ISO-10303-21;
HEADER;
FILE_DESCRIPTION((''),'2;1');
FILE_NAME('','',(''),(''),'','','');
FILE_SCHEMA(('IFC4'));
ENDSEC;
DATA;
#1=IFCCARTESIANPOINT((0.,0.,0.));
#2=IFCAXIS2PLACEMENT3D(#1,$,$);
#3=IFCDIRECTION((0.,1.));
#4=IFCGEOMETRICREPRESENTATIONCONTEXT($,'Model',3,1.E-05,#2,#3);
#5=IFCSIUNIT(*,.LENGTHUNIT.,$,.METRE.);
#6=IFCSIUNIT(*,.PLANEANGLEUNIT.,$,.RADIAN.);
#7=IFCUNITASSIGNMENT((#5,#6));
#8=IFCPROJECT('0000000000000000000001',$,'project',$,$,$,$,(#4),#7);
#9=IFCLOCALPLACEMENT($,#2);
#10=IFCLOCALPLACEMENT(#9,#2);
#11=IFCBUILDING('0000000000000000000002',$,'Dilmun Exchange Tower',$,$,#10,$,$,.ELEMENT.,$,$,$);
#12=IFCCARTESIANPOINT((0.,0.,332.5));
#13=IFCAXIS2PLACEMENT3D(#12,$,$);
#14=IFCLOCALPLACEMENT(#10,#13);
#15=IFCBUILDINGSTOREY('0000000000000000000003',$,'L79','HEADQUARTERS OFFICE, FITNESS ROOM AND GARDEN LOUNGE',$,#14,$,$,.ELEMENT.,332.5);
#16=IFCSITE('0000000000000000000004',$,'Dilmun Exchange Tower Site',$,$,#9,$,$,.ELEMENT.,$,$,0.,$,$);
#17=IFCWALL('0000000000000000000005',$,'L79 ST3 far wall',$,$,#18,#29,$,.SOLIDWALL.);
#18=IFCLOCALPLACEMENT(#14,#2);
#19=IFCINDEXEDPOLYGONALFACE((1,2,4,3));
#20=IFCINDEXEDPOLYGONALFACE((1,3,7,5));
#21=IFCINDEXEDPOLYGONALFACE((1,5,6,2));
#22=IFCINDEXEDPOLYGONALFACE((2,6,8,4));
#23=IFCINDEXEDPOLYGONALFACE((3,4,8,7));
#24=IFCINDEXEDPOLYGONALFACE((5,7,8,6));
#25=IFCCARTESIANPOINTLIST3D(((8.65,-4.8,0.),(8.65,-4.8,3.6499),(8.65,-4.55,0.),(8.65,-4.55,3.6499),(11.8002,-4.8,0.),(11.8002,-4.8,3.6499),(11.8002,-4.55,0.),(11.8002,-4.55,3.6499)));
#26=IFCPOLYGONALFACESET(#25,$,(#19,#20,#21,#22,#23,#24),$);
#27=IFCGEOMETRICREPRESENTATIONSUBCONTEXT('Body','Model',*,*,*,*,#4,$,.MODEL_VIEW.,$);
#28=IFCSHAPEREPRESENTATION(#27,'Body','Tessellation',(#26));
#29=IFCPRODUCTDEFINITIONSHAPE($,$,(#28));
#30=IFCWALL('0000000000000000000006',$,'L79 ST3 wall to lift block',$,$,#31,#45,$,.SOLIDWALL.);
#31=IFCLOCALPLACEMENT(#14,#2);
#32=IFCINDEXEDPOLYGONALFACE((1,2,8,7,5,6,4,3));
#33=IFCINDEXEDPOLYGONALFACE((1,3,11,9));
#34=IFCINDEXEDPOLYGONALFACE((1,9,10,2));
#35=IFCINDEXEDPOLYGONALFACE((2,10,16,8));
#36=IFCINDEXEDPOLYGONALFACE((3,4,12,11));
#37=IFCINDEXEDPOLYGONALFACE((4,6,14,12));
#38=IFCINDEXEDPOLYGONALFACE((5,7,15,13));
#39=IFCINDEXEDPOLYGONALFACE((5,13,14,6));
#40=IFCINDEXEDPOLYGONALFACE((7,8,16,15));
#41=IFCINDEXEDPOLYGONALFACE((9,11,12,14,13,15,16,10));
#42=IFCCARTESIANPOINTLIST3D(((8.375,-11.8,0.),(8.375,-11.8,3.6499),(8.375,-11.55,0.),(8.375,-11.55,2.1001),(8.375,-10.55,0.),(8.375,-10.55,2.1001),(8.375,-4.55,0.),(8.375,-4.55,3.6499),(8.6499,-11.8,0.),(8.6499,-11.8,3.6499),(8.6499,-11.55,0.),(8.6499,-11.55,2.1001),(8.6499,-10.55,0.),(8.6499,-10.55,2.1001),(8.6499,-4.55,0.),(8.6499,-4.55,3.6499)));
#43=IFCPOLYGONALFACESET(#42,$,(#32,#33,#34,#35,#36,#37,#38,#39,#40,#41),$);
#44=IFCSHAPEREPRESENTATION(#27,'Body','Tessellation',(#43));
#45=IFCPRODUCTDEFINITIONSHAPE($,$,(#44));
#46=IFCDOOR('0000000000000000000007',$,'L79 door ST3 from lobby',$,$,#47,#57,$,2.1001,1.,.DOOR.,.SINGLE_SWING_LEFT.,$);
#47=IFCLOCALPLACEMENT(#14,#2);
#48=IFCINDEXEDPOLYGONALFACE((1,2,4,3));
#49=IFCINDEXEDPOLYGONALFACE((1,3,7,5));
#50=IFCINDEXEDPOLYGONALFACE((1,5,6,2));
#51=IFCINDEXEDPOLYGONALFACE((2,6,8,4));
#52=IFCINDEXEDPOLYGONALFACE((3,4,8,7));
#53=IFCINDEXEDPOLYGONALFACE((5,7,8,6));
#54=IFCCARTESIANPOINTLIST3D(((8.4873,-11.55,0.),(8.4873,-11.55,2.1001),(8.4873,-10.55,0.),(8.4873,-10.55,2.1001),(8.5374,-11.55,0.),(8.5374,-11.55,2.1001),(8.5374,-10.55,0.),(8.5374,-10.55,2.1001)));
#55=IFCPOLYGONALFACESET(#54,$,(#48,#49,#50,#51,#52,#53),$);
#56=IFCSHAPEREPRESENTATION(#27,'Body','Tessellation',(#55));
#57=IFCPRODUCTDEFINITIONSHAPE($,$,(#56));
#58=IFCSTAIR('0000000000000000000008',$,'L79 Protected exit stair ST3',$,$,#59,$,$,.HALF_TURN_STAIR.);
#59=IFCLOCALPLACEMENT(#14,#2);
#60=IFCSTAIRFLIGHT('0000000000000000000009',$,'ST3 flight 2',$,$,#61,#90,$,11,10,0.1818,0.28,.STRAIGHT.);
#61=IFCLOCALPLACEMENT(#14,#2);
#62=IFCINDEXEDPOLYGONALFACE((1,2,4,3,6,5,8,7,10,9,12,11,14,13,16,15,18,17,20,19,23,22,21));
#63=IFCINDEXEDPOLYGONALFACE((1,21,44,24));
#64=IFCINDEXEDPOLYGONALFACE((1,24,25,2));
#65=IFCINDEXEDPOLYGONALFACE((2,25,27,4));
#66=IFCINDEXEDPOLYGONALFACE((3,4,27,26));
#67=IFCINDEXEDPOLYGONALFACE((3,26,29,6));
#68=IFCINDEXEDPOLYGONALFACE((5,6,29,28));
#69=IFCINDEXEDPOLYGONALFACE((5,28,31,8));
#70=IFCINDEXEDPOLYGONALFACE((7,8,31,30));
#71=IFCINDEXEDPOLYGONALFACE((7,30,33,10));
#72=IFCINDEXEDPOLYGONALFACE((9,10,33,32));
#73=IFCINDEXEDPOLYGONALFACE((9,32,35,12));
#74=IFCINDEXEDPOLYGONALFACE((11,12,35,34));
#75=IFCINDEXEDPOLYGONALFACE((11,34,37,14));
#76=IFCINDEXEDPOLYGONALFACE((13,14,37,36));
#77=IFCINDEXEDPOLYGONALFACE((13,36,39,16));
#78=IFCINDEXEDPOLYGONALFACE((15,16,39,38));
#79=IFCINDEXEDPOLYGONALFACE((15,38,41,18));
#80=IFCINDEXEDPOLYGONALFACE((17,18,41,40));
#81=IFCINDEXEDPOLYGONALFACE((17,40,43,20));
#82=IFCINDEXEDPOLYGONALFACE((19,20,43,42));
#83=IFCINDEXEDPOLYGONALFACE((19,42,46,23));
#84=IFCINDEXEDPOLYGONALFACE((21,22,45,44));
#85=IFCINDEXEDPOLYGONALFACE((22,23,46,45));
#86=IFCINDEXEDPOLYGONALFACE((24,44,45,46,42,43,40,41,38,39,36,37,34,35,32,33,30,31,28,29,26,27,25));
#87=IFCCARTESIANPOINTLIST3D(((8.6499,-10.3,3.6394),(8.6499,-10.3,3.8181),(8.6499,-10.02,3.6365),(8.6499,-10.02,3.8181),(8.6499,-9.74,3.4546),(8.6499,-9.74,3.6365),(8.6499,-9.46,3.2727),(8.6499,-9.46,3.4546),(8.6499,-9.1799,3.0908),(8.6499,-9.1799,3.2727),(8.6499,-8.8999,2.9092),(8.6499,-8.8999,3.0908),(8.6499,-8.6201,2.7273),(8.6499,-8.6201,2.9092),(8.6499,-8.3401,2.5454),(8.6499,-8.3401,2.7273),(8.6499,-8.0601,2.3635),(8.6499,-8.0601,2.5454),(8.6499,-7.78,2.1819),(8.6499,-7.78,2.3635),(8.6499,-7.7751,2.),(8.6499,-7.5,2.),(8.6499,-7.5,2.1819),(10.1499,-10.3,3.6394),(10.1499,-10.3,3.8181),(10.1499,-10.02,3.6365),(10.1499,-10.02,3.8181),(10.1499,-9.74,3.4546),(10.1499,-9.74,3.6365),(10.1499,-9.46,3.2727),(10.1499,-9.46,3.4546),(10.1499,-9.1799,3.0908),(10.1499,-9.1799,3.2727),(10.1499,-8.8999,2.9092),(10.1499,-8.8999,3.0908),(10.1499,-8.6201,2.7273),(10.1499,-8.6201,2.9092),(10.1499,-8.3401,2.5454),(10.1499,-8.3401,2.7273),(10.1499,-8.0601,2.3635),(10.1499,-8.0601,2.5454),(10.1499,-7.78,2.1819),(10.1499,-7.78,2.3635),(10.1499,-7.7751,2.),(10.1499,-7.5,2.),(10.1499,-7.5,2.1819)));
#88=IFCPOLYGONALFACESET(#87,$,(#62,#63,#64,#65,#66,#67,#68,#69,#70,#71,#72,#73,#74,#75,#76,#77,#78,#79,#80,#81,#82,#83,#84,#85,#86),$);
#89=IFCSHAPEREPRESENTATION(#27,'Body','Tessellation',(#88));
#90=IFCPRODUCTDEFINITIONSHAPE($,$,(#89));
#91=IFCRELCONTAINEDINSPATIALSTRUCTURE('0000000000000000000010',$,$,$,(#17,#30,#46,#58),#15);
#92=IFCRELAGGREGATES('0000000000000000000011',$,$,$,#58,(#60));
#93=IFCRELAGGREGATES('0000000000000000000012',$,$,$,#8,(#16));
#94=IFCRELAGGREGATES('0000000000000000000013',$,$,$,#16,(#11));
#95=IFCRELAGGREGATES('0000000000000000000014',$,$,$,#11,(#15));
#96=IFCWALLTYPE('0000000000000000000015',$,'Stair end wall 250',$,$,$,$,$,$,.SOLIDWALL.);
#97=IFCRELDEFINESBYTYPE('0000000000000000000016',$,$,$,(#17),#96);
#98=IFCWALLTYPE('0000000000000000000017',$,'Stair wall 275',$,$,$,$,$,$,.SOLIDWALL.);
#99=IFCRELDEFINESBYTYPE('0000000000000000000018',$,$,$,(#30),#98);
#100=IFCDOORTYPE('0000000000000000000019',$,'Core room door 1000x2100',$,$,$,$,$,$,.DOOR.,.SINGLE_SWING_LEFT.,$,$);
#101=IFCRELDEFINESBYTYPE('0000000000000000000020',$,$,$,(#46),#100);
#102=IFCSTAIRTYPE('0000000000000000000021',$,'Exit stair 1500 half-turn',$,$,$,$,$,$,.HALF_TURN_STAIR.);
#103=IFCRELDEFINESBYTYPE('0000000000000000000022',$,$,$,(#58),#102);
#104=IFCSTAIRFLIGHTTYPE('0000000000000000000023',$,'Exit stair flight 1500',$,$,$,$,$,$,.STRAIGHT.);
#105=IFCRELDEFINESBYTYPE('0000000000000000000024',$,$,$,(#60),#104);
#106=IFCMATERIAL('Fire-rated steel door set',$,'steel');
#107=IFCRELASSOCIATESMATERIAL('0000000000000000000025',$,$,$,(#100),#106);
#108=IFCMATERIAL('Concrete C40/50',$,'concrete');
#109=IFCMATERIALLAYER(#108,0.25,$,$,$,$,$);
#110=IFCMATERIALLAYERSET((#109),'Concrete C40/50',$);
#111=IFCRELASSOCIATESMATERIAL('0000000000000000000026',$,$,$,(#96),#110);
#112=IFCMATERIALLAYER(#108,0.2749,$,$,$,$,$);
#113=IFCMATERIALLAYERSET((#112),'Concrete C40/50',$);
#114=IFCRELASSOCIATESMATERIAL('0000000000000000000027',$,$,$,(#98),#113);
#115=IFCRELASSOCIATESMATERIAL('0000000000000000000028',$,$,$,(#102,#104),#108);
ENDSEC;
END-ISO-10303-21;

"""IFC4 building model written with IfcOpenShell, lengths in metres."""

from ifc_helpers import new_model, si_unit, direction, frame, frame_2d, origin, place, context, subcontext, project, spatial, polyline, rectangle, outline, extrude, material, layer, layer_set, type_object, element, fill, aggregate, save


model = new_model("IFC4")

# Units and contexts
model_context = context("Model", 3, precision=1e-05, world=origin(), true_north=direction((0.0, 1.0)))
body_context = subcontext(model_context, "Body", "Model", "MODEL_VIEW")
ifc_project = project(units=[si_unit("LENGTHUNIT", "METRE"), si_unit("PLANEANGLEUNIT", "RADIAN")], contexts=[model_context])

# Site, building, storey
site_placement = place(None, origin())
site = spatial("IfcSite", under=ifc_project, at=site_placement, Name="Dilmun Exchange Tower Site", CompositionType="ELEMENT", RefElevation=0.0)
building_placement = place(site_placement, origin())
building = spatial("IfcBuilding", under=site, at=building_placement, Name="Dilmun Exchange Tower", CompositionType="ELEMENT")
storey_placement = place(building_placement, frame((0.0, 0.0, 332.5)))
storey = spatial("IfcBuildingStorey", under=building, at=storey_placement, Name="L79", Description="HEADQUARTERS OFFICE, FITNESS ROOM AND GARDEN LOUNGE", CompositionType="ELEMENT", Elevation=332.5)

# Shared definitions
ifc_material_1 = material(Name="Concrete C40/50", Category="concrete")

# Shared definitions
ifc_material_2 = material(Name="Fire-rated steel door set", Category="steel")
door_type_1 = type_object("IfcDoorType", Name="Core room door 1000x2100", OperationType="SINGLE_SWING_LEFT", PredefinedType="DOOR", material=ifc_material_2)

# Wall
ifc_layer_1 = layer(ifc_material_1, 0.25)
ifc_layer_set_1 = layer_set([ifc_layer_1], Name="Concrete C40/50")
wall_type_1 = type_object("IfcWallType", Name="Stair end wall 250", PredefinedType="SOLIDWALL", material=ifc_layer_set_1)
wall_1_placement = place(storey_placement, frame((8.6499, -4.675, 0.0), z_axis=(0.0, 0.0, 1.0), x_axis=(1.0, 0.0, 0.0)))
element("IfcWall", 1, at=wall_1_placement, inside=storey, type_object=wall_type_1, Name="L79 ST3 far wall", PredefinedType="SOLIDWALL", context=body_context, shape_type="SweptSolid", body=[
    extrude(rectangle(XDim=3.1501, YDim=0.25, at=frame_2d((1.5752, 0.0))), origin(), (0.0, 0.0, 1.0), 3.6499),
])

# Wall, opening, door
ifc_layer_2 = layer(ifc_material_1, 0.2749)
ifc_layer_set_2 = layer_set([ifc_layer_2], Name="Concrete C40/50")
wall_type_2 = type_object("IfcWallType", Name="Stair wall 275", PredefinedType="SOLIDWALL", material=ifc_layer_set_2)
wall_2_placement = place(storey_placement, frame((8.5125, -4.55, 0.0), z_axis=(0.0, 0.0, 1.0), x_axis=(0.0, -1.0, 0.0)))
wall_2 = element("IfcWall", 2, at=wall_2_placement, inside=storey, type_object=wall_type_2, Name="L79 ST3 wall to lift block", PredefinedType="SOLIDWALL", context=body_context, shape_type="SweptSolid", body=[
    extrude(rectangle(XDim=7.25, YDim=0.2749, at=frame_2d((3.625, 0.0))), origin(), (0.0, 0.0, 1.0), 3.6499),
])
opening_1_placement = place(wall_2_placement, frame((6.0, 0.0, 0.0)))
opening_1 = element("IfcOpeningElement", 3, at=opening_1_placement, cuts=wall_2, PredefinedType="OPENING", context=body_context, shape_type="SweptSolid", body=[
    extrude(rectangle(XDim=1.0, YDim=2.1001, at=frame_2d((0.5, 1.05))), frame((0.0, 0.1475, 0.0), z_axis=(0.0, -1.0, 0.0), x_axis=(1.0, 0.0, 0.0)), (0.0, 0.0, 1.0), 0.2949),
])
door_1_placement = place(opening_1_placement, origin())
door_1 = element("IfcDoor", 4, at=door_1_placement, inside=storey, type_object=door_type_1, Name="L79 door ST3 from lobby", OperationType="SINGLE_SWING_LEFT", OverallHeight=2.1001, OverallWidth=1.0, PredefinedType="DOOR", context=body_context, shape_type="SweptSolid", body=[
    extrude(rectangle(XDim=1.0, YDim=2.1001, at=frame_2d((0.5, 1.05))), frame((0.0, 0.0249, 0.0), z_axis=(0.0, -1.0, 0.0), x_axis=(1.0, 0.0, 0.0)), (0.0, 0.0, 1.0), 0.05),
])
fill(opening_1, door_1)

# Stair, stair flight
stair_type = type_object("IfcStairType", Name="Exit stair 1500 half-turn", PredefinedType="HALF_TURN_STAIR", material=ifc_material_1)
stair_placement = place(storey_placement, origin())
stair = element("IfcStair", 5, at=stair_placement, inside=storey, type_object=stair_type, Name="L79 Protected exit stair ST3", PredefinedType="HALF_TURN_STAIR")
stair_flight_type = type_object("IfcStairFlightType", Name="Exit stair flight 1500", PredefinedType="STRAIGHT", material=ifc_material_1)
stair_flight_placement = place(storey_placement, frame((9.3999, -7.5, 2.0), z_axis=(0.0, 0.0, 1.0), x_axis=(0.0, -1.0, 0.0)))
stair_flight = element("IfcStairFlight", 6, at=stair_flight_placement, type_object=stair_flight_type, Name="ST3 flight 2", NumberOfRisers=11, NumberOfTreads=10, PredefinedType="STRAIGHT", RiserHeight=0.1818, TreadLength=0.28, context=body_context, shape_type="SweptSolid", body=[
    extrude(outline(polyline([(0.0, 0.0), (0.0, 0.1819), (0.28, 0.1819), (0.28, 0.3635), (0.5601, 0.3635), (0.5601, 0.5454), (0.8401, 0.5454), (0.8401, 0.7273), (1.1201, 0.7273), (1.1201, 0.9092), (1.3999, 0.9092), (1.3999, 1.0908), (1.6799, 1.0908), (1.6799, 1.2727), (1.96, 1.2727), (1.96, 1.4546), (2.24, 1.4546), (2.24, 1.6365), (2.52, 1.6365), (2.52, 1.8181), (2.8, 1.8181), (2.8, 2.0), (2.8, 1.6394), (0.2751, 0.0), (0.0, 0.0)])), frame((0.0, 0.75, 0.0), z_axis=(0.0, -1.0, 0.0), x_axis=(1.0, 0.0, 0.0)), (0.0, 0.0, 1.0), 1.5),
])
aggregate(stair, [stair_flight])

save(model, "model.ifc")
